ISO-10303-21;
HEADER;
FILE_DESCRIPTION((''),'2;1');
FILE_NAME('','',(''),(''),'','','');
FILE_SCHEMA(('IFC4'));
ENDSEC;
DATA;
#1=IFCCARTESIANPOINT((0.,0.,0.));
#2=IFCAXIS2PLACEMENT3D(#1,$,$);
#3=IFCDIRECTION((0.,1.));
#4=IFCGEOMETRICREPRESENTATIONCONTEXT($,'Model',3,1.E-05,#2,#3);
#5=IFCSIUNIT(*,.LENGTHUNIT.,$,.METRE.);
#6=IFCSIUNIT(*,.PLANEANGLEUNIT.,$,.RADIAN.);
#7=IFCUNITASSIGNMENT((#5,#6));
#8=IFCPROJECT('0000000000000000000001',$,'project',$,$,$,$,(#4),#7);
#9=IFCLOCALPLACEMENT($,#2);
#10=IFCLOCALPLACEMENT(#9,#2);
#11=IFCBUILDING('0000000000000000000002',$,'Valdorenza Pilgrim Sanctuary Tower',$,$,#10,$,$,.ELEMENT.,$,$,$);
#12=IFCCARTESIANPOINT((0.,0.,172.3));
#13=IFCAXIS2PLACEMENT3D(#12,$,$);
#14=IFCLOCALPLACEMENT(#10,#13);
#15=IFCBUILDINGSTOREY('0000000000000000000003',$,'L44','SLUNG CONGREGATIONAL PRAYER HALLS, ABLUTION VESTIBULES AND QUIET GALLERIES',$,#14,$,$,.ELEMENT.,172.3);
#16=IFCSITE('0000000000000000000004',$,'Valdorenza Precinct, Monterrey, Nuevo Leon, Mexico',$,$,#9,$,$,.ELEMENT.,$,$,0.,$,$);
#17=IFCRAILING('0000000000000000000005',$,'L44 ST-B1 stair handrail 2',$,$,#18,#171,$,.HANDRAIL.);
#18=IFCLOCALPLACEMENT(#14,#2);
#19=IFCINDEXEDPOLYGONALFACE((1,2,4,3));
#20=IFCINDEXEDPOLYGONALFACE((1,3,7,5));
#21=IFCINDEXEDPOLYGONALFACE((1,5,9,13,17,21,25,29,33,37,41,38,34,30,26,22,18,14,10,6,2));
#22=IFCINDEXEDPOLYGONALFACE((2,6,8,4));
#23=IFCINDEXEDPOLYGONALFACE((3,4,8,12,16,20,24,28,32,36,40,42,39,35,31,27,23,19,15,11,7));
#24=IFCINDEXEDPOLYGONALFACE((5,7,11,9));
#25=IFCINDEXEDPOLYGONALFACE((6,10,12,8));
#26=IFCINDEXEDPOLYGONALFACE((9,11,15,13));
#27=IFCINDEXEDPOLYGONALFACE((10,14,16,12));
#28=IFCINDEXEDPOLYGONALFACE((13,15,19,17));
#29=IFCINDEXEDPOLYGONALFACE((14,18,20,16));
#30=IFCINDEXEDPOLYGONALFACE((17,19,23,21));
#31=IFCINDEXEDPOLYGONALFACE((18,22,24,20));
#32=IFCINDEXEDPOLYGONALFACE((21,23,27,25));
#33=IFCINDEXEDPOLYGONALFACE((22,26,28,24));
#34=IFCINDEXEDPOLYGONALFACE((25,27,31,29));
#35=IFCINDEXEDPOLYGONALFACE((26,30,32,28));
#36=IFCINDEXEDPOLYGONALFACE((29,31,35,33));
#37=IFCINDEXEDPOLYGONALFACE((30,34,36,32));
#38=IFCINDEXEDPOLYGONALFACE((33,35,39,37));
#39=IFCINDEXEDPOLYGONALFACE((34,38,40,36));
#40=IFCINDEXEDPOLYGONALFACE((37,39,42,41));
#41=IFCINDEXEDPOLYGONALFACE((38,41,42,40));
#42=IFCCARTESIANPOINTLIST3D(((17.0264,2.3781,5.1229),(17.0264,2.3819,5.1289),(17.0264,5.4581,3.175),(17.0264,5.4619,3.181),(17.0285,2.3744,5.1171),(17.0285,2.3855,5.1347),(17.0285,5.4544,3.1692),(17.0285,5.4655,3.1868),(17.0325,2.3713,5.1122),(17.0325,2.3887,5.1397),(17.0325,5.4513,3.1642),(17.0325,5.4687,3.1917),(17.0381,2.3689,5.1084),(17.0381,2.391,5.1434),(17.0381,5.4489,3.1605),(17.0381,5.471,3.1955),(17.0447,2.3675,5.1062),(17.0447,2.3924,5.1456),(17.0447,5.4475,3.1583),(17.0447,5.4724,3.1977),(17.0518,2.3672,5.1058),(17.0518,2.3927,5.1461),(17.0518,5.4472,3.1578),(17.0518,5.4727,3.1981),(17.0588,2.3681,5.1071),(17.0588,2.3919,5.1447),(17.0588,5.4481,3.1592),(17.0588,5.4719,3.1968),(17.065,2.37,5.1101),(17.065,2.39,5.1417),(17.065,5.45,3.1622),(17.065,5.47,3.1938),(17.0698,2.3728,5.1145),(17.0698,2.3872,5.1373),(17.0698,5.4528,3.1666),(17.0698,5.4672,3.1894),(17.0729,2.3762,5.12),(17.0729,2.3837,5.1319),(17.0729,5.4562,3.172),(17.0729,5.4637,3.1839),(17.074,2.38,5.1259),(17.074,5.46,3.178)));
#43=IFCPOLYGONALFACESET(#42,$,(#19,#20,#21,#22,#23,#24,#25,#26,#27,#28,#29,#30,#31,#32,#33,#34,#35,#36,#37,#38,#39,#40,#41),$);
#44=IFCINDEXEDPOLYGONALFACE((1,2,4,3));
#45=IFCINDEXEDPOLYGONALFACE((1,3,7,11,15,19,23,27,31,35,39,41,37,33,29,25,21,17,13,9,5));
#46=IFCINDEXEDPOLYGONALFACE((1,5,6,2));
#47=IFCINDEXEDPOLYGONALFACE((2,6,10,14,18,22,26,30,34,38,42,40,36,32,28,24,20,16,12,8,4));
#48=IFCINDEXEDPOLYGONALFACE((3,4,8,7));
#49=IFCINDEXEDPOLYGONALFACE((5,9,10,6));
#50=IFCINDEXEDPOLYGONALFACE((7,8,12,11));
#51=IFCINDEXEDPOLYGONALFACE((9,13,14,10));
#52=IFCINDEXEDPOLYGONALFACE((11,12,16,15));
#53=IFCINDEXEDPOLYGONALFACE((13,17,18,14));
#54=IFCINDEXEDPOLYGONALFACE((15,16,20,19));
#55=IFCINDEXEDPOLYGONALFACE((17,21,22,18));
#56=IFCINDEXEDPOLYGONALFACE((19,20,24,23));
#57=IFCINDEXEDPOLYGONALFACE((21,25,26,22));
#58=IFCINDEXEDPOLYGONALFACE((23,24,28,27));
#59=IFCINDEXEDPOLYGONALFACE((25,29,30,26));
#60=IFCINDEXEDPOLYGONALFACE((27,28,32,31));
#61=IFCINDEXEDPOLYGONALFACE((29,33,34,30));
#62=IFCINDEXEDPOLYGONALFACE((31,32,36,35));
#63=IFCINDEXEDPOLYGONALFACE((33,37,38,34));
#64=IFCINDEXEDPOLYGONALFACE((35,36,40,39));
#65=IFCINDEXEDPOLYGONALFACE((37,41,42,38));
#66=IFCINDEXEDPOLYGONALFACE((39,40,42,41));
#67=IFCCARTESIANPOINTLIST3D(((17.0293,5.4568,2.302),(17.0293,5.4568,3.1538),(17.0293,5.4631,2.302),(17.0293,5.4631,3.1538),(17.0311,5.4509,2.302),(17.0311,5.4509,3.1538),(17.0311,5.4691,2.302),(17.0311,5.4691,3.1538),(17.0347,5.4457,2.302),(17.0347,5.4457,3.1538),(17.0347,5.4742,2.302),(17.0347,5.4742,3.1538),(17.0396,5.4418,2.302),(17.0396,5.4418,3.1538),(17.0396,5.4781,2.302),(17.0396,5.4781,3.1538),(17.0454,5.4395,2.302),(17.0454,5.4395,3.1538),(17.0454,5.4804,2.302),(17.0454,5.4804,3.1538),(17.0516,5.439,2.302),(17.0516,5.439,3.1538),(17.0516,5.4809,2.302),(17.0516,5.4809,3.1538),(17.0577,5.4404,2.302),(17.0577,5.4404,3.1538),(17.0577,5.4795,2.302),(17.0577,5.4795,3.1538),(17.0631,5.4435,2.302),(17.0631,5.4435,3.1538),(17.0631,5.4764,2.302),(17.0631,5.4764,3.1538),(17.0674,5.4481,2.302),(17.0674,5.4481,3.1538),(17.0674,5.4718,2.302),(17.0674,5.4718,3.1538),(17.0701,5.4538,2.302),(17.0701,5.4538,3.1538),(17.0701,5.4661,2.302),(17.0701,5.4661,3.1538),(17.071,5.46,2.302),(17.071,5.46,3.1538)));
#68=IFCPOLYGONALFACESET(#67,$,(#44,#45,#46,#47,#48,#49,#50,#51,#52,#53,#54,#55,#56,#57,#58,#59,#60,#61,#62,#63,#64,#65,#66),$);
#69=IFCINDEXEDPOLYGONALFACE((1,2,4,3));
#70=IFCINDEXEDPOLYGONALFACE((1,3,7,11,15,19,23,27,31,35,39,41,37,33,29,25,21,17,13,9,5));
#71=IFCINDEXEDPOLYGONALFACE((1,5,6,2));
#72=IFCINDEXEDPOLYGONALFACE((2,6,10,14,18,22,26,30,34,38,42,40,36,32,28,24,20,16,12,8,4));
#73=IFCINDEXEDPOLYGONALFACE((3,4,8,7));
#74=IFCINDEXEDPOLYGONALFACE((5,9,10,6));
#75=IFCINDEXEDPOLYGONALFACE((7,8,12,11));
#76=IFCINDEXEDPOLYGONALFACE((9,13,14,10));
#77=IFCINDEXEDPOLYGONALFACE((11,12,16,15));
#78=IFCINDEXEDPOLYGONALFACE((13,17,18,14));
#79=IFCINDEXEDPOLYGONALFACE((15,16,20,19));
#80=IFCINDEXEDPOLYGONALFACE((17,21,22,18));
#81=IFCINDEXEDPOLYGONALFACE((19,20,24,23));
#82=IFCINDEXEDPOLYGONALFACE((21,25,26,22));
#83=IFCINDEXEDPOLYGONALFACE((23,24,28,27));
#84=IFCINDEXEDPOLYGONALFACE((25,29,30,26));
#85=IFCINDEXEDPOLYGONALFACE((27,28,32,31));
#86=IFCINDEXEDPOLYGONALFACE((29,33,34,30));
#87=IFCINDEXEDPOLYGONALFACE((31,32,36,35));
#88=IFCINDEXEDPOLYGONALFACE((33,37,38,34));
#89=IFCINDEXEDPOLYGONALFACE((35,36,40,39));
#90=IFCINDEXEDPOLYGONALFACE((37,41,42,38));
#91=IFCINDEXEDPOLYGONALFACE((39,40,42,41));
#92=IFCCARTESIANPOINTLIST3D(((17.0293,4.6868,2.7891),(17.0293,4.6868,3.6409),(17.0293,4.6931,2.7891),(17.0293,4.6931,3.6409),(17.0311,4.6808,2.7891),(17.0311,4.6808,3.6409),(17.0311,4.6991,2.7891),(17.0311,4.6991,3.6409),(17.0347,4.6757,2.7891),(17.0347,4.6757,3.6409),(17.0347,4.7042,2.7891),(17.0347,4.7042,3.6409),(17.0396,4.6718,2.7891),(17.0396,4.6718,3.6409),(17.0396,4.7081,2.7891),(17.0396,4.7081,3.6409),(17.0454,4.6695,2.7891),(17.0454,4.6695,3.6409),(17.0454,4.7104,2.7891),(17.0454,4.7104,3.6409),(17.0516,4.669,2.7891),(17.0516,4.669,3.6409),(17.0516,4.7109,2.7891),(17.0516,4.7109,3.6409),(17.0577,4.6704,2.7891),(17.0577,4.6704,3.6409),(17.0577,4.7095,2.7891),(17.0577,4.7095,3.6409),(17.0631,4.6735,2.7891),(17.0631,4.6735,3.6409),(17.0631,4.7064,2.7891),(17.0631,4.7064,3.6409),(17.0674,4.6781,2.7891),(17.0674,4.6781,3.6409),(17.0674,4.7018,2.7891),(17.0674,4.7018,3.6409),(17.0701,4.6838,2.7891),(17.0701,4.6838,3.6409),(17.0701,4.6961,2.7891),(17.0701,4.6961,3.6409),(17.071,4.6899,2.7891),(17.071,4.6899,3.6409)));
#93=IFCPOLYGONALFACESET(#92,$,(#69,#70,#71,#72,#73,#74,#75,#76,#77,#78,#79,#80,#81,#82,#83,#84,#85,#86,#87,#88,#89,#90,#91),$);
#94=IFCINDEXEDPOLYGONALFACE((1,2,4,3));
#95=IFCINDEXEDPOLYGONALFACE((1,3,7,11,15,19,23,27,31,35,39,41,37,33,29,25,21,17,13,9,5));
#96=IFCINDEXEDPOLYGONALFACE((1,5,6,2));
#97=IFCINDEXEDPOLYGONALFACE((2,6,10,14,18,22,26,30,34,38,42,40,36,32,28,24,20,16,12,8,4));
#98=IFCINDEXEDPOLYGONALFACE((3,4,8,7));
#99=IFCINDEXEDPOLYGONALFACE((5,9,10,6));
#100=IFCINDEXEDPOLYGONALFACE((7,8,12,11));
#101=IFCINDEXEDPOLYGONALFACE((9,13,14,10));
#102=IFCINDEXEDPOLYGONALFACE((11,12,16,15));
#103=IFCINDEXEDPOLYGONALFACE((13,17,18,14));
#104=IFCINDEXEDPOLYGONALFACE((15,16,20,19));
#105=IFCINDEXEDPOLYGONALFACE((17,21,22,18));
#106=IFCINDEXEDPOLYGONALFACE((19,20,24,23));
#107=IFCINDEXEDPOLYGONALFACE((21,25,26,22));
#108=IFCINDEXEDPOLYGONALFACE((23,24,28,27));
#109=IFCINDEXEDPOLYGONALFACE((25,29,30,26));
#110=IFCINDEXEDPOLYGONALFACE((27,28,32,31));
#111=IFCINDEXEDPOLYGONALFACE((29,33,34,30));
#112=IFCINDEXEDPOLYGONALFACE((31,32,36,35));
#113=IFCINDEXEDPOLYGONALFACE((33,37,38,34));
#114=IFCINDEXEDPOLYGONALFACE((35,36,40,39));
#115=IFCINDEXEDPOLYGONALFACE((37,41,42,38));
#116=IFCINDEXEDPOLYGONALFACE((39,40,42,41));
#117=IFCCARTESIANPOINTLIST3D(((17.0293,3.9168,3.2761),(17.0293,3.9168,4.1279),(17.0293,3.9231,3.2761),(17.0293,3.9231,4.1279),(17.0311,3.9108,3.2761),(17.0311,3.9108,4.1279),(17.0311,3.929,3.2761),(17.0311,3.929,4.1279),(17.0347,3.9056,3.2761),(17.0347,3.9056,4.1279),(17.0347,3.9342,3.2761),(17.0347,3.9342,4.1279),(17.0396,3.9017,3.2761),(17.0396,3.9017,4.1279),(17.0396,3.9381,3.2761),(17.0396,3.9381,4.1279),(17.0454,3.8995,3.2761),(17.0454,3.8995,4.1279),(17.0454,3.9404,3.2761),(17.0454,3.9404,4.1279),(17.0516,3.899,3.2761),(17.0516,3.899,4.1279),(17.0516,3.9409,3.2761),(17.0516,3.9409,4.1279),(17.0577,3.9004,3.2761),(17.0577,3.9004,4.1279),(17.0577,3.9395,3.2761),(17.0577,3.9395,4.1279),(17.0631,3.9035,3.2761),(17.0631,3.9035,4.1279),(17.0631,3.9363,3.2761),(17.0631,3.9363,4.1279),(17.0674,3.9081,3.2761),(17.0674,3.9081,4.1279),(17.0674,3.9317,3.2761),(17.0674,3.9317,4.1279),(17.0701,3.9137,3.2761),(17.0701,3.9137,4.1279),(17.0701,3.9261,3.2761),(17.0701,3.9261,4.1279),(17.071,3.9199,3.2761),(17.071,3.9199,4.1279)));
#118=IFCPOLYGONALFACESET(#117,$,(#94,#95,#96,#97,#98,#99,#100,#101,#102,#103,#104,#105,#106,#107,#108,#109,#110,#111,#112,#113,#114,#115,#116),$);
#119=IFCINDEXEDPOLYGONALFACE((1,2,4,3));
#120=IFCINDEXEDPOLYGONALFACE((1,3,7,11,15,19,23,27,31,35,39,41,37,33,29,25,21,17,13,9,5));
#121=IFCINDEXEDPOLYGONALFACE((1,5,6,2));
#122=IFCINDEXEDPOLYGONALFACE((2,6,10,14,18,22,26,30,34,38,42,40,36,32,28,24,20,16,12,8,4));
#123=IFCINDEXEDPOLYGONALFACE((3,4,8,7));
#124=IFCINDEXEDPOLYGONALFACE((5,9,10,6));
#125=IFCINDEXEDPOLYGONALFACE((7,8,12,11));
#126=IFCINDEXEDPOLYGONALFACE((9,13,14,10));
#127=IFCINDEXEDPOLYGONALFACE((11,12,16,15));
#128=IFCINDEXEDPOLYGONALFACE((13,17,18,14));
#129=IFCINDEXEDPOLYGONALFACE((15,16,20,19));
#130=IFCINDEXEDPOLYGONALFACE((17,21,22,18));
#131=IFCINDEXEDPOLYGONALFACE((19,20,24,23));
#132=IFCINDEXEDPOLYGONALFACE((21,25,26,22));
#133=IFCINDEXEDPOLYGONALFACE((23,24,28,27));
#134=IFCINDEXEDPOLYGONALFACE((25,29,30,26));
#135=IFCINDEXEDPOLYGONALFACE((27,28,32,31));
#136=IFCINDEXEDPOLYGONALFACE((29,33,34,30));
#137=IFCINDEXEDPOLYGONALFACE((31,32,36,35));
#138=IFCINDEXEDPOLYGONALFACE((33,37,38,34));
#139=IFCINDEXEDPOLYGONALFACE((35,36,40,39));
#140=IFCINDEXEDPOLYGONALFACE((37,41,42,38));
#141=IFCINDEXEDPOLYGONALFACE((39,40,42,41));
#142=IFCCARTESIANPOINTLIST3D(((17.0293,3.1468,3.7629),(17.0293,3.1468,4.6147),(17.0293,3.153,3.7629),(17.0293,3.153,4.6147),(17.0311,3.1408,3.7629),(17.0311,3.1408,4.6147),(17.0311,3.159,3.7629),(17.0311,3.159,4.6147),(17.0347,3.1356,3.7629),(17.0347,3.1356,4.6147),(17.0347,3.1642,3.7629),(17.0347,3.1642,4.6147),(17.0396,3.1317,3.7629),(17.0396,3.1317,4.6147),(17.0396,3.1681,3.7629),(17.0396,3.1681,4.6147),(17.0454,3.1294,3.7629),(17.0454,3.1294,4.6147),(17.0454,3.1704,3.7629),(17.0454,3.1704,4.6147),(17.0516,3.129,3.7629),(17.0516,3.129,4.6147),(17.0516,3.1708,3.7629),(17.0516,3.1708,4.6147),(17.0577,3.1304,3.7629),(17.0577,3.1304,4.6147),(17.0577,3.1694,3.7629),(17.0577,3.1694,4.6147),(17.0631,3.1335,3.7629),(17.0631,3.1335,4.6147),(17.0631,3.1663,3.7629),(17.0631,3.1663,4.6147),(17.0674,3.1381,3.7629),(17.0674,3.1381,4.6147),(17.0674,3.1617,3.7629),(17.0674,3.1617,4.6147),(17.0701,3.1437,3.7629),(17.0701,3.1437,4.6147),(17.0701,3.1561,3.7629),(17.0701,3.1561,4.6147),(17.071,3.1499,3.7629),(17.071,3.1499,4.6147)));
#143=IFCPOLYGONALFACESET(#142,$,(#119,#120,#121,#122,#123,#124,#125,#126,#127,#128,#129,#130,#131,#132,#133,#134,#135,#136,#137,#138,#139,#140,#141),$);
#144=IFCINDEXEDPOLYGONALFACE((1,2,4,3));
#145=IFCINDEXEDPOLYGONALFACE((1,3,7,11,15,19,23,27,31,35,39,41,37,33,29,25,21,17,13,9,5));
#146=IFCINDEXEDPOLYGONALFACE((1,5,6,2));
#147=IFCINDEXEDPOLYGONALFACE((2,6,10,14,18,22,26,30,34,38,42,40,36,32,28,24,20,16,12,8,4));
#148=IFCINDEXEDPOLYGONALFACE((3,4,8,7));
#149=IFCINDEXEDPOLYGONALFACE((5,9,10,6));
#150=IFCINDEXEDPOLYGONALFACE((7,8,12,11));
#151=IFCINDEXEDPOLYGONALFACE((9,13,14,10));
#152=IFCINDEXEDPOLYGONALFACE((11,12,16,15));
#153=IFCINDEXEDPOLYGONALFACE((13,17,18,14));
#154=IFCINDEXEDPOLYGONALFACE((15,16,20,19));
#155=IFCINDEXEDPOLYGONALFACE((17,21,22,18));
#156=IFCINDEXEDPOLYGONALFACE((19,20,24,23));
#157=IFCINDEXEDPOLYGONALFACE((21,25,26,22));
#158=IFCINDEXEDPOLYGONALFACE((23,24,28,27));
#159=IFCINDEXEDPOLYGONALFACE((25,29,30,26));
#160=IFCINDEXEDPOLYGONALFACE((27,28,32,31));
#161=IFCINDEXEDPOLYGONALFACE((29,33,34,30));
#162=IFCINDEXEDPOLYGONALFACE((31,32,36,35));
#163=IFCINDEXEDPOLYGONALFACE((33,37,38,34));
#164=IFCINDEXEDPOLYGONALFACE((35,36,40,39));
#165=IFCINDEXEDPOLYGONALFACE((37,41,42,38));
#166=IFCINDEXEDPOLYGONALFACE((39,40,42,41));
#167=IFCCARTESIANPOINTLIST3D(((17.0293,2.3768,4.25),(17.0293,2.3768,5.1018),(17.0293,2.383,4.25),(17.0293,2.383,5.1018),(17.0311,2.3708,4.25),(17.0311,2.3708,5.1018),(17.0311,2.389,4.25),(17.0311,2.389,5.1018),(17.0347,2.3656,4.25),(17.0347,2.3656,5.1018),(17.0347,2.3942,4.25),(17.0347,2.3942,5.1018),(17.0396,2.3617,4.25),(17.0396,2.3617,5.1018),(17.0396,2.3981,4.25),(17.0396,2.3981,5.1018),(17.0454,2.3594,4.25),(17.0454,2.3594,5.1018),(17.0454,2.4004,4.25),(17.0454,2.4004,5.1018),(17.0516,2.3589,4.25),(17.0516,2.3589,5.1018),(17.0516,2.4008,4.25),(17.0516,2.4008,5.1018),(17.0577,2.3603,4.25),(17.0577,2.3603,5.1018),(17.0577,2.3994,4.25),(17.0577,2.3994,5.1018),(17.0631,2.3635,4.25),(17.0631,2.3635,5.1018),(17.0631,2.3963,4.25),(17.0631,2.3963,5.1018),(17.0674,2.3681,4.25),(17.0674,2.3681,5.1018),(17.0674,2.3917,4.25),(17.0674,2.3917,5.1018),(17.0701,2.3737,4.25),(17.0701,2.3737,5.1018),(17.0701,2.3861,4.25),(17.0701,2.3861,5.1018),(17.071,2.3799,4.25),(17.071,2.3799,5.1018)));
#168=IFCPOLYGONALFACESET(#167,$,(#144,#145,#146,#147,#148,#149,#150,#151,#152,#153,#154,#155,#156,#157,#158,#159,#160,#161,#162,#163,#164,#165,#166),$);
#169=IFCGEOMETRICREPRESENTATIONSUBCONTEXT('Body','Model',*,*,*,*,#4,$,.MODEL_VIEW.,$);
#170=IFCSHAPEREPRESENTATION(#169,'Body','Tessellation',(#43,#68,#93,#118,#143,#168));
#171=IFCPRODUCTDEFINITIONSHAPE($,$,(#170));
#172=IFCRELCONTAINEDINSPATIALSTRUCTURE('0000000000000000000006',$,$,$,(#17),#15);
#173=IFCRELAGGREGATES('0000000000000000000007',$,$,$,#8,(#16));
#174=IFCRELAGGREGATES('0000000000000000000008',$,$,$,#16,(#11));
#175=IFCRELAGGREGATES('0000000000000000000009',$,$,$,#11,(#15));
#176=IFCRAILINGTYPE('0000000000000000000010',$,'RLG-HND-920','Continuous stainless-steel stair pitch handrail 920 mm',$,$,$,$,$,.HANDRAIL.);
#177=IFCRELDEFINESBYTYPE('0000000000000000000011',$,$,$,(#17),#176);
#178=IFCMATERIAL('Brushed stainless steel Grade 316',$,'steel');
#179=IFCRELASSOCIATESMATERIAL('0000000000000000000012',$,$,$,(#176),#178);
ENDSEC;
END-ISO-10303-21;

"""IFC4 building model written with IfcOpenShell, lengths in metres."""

from ifc_helpers import new_model, si_unit, direction, frame, origin, origin_2d, place, context, subcontext, project, spatial, circle, extrude, material, type_object, element, save


model = new_model("IFC4")

# Units and contexts
model_context = context("Model", 3, precision=1e-05, world=origin(), true_north=direction((0.0, 1.0)))
body_context = subcontext(model_context, "Body", "Model", "MODEL_VIEW")
ifc_project = project(units=[si_unit("LENGTHUNIT", "METRE"), si_unit("PLANEANGLEUNIT", "RADIAN")], contexts=[model_context])

# Site, building, storey
site_placement = place(None, origin())
site = spatial("IfcSite", under=ifc_project, at=site_placement, Name="Valdorenza Precinct, Monterrey, Nuevo Leon, Mexico", CompositionType="ELEMENT", RefElevation=0.0)
building_placement = place(site_placement, origin())
building = spatial("IfcBuilding", under=site, at=building_placement, Name="Valdorenza Pilgrim Sanctuary Tower", CompositionType="ELEMENT")
storey_placement = place(building_placement, frame((0.0, 0.0, 172.3)))
storey = spatial("IfcBuildingStorey", under=building, at=storey_placement, Name="L44", Description="SLUNG CONGREGATIONAL PRAYER HALLS, ABLUTION VESTIBULES AND QUIET GALLERIES", CompositionType="ELEMENT", Elevation=172.3)

# Railing
ifc_material_1 = material(Name="Brushed stainless steel Grade 316", Category="steel")
railing_type_1 = type_object("IfcRailingType", Name="RLG-HND-920", Description="Continuous stainless-steel stair pitch handrail 920 mm", PredefinedType="HANDRAIL", material=ifc_material_1)
railing_1_placement = place(storey_placement, frame((17.05, 5.46, 2.302)))
element("IfcRailing", 1, at=railing_1_placement, inside=storey, type_object=railing_type_1, Name="L44 ST-B1 stair handrail 2", PredefinedType="HANDRAIL", context=body_context, shape_type="SweptSolid", body=[
    extrude(circle(Radius=0.0239, at=origin_2d()), frame((0.0, 0.0, 0.876), z_axis=(0.0, -0.845156, 0.53452), x_axis=(1.0, 0.0, 0.0)), (0.0, 0.0, 1.0), 3.6443),
    extrude(circle(Radius=0.021, at=origin_2d()), origin(), (0.0, 0.0, 1.0), 0.8518),
    extrude(circle(Radius=0.021, at=origin_2d()), frame((0.0, -0.77, 0.4871)), (0.0, 0.0, 1.0), 0.8518),
    extrude(circle(Radius=0.021, at=origin_2d()), frame((0.0, -1.54, 0.9741)), (0.0, 0.0, 1.0), 0.8518),
    extrude(circle(Radius=0.021, at=origin_2d()), frame((0.0, -2.3101, 1.4609)), (0.0, 0.0, 1.0), 0.8518),
    extrude(circle(Radius=0.021, at=origin_2d()), frame((0.0, -3.0801, 1.948)), (0.0, 0.0, 1.0), 0.8518),
])

save(model, "model.ifc")
